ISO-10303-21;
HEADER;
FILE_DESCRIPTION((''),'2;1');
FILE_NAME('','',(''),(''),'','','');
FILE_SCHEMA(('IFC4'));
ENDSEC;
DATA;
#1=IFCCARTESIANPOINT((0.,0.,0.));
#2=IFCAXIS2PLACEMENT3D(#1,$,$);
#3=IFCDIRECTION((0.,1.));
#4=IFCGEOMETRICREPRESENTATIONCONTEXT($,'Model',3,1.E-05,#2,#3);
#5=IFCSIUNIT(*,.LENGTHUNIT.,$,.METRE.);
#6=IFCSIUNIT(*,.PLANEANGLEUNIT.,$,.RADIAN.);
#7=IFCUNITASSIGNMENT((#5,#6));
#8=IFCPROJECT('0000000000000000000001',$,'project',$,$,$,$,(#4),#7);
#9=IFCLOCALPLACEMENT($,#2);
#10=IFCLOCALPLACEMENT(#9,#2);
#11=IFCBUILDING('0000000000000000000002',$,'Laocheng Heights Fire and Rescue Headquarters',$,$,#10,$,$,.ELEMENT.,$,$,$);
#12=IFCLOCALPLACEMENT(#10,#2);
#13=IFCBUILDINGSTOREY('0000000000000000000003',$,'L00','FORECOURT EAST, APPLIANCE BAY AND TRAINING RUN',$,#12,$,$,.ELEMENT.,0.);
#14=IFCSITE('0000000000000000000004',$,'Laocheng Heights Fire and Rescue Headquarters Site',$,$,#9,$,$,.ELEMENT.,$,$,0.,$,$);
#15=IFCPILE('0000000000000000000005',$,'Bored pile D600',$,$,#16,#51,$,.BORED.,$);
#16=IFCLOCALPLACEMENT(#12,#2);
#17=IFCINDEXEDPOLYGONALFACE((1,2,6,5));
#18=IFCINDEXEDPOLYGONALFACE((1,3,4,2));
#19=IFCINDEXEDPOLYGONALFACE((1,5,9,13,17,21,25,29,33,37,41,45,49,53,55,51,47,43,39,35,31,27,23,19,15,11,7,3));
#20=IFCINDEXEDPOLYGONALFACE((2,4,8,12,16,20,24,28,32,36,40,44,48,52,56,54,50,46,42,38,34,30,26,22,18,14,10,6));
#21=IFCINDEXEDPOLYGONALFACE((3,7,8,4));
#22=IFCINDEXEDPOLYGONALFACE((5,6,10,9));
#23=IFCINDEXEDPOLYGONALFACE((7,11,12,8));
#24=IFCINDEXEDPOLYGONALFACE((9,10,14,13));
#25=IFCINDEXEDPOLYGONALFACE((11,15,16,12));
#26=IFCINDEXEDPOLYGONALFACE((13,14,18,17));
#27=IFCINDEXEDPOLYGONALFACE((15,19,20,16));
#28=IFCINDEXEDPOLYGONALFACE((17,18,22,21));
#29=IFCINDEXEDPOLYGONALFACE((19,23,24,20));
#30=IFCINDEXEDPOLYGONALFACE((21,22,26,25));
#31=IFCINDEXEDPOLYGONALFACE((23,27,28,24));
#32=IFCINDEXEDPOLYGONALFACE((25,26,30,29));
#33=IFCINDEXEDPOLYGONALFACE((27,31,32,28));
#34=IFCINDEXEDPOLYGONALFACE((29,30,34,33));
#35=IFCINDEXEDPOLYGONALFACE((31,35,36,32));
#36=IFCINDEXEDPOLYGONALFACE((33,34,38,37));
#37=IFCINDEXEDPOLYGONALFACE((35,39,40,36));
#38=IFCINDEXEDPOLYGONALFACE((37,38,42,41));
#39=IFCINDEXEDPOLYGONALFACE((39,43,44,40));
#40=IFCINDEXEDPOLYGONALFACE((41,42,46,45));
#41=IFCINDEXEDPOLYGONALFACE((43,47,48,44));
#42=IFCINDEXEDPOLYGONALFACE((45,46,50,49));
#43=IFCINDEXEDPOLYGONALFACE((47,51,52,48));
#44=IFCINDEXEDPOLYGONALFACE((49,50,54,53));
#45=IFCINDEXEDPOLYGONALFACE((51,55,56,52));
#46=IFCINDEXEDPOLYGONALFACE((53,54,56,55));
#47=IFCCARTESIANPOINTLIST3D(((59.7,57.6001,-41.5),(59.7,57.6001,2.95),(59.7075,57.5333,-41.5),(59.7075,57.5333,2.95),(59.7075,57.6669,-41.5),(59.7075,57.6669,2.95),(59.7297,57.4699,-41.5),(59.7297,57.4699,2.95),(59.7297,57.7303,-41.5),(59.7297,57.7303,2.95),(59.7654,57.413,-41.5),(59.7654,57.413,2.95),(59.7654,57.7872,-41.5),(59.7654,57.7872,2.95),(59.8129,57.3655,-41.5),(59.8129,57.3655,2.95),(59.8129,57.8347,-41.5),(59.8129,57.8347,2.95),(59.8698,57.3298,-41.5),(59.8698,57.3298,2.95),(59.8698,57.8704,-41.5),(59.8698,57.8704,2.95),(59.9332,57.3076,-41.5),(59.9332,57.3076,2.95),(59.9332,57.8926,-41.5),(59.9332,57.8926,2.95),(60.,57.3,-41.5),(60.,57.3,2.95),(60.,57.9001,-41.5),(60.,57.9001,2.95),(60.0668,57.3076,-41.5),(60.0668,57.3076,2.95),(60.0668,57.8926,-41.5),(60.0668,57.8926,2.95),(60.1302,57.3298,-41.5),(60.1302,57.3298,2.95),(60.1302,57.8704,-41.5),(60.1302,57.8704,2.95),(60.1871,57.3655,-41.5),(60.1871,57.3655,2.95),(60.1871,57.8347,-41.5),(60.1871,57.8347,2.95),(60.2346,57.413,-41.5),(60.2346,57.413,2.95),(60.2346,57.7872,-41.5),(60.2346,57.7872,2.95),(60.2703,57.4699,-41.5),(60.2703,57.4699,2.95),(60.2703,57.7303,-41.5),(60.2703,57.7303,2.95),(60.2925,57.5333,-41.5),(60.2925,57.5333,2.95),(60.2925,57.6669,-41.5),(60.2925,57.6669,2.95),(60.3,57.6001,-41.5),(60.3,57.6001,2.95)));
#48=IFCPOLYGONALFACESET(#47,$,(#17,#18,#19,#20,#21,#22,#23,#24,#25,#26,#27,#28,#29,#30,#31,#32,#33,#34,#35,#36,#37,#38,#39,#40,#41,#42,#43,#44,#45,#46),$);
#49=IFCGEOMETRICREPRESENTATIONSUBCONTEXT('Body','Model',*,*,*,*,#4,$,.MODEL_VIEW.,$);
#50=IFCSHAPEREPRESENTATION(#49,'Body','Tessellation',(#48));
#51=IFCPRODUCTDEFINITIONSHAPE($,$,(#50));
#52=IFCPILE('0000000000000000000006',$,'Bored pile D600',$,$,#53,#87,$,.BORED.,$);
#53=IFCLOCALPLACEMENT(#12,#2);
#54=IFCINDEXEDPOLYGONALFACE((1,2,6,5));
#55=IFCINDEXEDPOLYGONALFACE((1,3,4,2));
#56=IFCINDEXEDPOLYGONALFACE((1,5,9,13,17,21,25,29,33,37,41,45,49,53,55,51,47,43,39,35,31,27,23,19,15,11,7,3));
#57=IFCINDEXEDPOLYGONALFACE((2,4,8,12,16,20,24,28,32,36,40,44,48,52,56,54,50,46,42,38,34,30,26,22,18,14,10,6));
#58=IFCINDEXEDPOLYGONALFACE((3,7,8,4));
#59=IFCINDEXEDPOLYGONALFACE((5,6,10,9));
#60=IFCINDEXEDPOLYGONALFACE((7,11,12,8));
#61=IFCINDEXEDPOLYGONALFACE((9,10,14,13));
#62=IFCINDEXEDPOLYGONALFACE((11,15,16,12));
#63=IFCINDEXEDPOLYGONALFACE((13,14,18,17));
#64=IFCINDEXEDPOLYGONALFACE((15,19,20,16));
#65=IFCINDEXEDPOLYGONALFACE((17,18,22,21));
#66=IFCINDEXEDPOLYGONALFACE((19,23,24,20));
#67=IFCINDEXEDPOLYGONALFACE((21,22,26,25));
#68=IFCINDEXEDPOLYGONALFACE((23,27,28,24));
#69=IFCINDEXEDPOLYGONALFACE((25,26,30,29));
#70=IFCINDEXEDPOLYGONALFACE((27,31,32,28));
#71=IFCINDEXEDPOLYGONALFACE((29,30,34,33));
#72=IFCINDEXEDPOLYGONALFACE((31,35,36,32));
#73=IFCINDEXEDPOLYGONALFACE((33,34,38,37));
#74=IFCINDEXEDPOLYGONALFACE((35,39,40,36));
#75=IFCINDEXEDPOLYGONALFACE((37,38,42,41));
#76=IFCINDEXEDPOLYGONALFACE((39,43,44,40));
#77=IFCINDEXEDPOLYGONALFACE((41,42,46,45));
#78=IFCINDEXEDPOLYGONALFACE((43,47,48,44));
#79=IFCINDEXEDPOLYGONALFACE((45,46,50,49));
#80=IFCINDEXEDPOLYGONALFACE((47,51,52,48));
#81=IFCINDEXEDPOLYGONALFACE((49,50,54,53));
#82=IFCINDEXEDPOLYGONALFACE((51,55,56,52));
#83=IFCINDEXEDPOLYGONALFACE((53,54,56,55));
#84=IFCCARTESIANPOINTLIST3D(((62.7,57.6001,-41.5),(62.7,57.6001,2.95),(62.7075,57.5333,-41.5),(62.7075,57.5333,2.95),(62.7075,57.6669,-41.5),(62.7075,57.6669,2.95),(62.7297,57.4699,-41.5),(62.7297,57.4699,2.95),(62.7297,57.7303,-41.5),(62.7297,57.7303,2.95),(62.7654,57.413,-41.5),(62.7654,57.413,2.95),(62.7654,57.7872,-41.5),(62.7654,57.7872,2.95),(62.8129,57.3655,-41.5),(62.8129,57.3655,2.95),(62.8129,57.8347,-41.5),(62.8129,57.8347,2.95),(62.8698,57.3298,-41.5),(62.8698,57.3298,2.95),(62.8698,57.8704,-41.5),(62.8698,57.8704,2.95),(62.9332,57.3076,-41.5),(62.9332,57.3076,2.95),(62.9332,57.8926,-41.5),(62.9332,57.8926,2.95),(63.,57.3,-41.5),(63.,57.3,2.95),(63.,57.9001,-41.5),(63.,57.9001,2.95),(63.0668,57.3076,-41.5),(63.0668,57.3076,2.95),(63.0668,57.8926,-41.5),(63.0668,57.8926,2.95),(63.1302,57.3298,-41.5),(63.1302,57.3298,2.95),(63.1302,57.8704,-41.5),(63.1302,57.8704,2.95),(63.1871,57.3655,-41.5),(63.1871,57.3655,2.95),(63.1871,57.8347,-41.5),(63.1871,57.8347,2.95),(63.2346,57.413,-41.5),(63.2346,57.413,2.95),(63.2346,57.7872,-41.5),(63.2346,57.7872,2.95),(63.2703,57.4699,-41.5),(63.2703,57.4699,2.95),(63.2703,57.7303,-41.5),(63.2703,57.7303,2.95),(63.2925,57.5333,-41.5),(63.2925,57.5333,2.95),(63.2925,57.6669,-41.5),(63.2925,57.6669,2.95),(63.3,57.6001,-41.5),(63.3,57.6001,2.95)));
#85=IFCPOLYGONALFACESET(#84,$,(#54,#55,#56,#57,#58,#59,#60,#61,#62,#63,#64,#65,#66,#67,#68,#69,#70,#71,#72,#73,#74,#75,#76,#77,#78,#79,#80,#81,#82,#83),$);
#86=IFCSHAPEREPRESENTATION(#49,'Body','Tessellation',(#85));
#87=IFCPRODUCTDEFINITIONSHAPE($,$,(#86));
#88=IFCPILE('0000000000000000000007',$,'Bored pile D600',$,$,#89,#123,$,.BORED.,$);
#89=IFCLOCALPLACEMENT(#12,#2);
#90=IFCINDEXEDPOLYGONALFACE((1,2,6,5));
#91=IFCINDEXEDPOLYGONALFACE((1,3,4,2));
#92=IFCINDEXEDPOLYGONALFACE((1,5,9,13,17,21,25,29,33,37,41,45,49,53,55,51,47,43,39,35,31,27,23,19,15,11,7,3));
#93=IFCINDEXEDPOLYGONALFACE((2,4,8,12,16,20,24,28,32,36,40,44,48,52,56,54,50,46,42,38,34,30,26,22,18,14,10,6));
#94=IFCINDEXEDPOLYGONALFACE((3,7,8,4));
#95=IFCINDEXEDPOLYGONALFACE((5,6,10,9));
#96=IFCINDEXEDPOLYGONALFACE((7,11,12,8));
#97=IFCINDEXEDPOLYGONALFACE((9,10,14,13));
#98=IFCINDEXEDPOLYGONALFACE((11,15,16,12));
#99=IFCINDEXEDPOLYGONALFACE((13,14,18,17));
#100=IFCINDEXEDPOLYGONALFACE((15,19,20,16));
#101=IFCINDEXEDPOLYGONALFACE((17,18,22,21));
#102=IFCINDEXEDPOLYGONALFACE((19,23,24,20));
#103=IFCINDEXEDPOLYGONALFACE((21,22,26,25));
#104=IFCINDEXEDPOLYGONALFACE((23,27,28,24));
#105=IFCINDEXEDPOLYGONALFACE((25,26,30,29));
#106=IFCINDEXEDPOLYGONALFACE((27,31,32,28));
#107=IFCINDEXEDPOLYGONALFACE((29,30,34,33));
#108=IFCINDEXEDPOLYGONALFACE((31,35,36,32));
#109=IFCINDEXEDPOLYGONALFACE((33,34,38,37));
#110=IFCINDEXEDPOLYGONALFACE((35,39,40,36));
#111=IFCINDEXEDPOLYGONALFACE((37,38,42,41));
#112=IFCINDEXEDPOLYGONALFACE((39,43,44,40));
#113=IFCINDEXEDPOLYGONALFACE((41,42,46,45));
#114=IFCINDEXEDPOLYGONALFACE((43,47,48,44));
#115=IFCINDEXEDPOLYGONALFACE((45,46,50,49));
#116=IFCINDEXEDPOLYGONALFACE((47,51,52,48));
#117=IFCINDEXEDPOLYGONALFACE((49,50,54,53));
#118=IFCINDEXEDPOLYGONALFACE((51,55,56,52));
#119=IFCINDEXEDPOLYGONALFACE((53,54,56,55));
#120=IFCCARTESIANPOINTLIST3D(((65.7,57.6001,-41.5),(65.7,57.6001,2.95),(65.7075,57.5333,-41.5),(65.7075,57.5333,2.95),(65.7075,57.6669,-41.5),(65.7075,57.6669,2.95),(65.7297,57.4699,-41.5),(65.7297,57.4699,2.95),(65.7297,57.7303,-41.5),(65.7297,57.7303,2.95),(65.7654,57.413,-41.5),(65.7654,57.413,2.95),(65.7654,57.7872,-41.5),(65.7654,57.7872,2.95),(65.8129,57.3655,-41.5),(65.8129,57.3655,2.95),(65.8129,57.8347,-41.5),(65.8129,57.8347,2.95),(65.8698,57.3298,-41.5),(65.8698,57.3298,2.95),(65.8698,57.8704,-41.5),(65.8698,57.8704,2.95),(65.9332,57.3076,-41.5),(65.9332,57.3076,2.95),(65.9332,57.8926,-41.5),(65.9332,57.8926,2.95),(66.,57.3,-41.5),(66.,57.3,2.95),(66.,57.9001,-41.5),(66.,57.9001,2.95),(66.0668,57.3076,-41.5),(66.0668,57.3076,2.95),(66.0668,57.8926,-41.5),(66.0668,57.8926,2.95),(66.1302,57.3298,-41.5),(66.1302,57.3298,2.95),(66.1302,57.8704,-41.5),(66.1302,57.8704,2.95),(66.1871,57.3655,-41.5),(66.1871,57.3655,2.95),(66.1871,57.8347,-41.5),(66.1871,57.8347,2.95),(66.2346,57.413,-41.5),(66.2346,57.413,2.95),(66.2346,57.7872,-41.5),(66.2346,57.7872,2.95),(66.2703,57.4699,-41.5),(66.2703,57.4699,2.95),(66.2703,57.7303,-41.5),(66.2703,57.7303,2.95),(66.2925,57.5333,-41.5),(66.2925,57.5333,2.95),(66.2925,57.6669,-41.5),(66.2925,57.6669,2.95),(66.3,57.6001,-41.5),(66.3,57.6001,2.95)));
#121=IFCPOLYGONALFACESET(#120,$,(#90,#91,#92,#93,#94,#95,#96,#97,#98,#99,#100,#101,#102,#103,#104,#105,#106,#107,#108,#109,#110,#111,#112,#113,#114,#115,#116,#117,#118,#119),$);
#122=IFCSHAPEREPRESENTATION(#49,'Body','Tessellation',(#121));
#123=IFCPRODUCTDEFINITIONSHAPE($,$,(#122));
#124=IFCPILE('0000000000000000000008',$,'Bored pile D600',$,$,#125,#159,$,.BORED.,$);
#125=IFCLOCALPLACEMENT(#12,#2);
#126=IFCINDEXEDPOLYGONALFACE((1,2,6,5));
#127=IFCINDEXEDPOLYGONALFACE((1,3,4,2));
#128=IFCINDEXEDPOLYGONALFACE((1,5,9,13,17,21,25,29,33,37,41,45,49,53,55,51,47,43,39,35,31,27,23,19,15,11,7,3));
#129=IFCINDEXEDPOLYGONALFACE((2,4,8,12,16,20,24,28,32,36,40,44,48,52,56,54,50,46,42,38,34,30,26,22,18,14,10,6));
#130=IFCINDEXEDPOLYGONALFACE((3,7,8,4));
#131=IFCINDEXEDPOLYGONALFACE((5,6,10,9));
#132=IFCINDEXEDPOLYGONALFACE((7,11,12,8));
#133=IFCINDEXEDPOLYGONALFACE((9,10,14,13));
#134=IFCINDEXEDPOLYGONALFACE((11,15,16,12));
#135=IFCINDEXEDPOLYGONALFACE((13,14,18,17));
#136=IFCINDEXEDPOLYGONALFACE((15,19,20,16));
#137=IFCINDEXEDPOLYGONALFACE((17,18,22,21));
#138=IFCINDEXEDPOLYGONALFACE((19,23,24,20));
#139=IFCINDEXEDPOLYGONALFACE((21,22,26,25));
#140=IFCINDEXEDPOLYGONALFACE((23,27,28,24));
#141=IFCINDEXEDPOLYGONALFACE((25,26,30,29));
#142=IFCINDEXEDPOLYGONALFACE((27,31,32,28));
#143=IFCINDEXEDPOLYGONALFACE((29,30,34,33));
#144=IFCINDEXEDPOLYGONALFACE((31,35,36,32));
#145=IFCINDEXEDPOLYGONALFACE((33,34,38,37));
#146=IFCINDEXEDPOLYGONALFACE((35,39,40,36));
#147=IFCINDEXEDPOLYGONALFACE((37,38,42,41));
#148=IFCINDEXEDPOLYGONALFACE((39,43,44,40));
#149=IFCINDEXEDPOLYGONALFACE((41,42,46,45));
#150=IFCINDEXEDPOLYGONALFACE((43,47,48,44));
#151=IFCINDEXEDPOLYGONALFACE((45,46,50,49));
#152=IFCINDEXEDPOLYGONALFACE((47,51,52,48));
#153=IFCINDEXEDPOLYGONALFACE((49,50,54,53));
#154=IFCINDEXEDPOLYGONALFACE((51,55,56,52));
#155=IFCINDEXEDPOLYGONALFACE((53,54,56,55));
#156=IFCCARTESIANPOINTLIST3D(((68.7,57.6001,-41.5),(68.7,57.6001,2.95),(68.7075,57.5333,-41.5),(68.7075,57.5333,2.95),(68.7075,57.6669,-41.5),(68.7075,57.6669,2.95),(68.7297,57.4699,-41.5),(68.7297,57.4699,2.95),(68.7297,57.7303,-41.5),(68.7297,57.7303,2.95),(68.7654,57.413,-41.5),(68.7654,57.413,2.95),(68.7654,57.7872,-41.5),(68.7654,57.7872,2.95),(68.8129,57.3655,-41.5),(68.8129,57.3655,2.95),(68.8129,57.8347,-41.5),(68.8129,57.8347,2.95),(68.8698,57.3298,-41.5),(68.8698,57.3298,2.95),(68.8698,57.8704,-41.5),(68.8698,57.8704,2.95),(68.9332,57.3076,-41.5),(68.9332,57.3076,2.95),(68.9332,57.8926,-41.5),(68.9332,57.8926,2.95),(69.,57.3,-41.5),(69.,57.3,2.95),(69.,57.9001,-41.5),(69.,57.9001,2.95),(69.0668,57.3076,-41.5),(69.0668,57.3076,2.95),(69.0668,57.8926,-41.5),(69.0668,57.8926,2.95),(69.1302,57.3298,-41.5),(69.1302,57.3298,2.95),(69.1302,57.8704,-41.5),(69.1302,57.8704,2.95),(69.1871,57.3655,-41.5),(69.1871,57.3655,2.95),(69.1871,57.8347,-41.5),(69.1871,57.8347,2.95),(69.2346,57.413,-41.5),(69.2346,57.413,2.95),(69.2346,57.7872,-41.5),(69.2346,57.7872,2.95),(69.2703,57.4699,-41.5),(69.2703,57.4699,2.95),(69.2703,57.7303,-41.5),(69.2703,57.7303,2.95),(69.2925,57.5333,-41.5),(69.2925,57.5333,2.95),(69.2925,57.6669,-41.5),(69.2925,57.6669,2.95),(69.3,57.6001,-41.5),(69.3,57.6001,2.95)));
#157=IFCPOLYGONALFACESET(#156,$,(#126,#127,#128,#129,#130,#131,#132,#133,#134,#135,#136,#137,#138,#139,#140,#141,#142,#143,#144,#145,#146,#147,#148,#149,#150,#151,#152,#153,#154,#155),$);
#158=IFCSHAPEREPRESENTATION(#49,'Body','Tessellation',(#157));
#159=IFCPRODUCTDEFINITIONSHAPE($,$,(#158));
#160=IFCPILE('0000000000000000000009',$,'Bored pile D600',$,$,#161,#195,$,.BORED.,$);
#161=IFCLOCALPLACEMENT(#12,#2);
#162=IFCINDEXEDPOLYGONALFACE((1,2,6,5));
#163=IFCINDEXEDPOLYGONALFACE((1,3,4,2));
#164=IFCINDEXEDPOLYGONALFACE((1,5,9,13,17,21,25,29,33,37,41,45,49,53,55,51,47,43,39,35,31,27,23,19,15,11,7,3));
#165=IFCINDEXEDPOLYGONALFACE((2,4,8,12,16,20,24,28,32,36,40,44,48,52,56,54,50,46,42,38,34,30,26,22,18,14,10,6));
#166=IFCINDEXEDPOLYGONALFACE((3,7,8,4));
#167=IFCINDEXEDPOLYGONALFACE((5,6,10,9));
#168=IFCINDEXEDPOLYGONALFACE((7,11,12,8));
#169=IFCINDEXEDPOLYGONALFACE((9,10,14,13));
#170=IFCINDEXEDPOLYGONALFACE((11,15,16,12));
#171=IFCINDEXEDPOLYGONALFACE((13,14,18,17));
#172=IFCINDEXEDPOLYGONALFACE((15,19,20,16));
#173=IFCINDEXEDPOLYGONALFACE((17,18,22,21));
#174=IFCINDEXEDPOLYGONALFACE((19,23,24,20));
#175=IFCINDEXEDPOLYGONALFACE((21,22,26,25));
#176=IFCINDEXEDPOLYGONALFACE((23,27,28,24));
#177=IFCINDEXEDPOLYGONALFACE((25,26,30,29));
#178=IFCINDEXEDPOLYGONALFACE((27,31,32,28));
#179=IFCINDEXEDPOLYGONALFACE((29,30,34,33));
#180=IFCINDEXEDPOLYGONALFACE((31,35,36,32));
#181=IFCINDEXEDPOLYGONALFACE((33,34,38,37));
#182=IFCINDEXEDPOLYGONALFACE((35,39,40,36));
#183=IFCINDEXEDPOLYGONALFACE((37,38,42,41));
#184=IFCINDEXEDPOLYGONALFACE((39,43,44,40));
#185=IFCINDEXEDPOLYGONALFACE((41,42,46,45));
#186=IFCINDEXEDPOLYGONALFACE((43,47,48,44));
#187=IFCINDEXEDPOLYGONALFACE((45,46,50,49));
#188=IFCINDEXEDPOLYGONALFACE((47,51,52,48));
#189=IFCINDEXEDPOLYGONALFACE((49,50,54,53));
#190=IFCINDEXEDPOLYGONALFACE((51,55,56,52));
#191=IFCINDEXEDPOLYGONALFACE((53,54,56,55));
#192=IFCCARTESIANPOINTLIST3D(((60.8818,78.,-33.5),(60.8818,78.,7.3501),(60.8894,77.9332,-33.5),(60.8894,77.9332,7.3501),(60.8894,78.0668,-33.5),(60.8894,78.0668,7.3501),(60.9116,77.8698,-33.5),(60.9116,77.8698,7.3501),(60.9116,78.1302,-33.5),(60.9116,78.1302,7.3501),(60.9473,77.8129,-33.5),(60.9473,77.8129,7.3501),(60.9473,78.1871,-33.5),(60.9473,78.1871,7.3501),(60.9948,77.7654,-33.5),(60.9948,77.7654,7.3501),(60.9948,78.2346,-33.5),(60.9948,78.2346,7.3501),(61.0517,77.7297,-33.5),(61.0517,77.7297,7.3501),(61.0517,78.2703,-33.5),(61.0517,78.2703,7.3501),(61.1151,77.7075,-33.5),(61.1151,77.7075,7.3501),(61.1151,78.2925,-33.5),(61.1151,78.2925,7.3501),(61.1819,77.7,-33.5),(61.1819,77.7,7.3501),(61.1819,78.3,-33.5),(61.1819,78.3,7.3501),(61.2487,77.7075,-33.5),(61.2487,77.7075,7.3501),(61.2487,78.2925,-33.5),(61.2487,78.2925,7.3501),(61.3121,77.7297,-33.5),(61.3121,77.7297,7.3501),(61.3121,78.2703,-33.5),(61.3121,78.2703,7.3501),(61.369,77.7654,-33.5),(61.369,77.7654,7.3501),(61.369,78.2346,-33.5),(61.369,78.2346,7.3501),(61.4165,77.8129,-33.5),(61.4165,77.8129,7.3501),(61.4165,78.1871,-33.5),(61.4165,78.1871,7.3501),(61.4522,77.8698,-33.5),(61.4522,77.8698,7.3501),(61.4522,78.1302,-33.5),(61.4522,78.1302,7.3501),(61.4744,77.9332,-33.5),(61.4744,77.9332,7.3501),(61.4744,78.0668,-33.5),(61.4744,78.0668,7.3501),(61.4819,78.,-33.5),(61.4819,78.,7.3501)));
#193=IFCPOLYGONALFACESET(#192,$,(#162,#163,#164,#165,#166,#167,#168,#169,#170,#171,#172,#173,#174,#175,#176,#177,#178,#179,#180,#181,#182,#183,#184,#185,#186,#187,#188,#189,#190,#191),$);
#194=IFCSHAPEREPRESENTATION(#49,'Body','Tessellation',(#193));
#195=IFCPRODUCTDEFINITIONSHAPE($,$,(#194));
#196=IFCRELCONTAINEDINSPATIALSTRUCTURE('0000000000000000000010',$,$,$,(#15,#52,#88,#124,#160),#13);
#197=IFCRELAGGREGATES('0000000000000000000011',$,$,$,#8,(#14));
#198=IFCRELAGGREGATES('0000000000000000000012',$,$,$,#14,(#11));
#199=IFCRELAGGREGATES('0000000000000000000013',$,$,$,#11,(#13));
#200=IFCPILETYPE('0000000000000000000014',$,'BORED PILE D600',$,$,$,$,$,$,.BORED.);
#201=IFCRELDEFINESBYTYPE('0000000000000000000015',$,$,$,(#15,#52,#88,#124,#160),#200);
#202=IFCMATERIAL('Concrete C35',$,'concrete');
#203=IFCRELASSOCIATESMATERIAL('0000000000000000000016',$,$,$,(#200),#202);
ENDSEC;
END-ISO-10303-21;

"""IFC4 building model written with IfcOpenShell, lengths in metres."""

from ifc_helpers import new_model, si_unit, direction, frame, origin, origin_2d, place, context, subcontext, project, spatial, circle, extrude, material, material_profile, profile_set, type_object, element, save


model = new_model("IFC4")

# Units and contexts
model_context = context("Model", 3, precision=1e-05, world=origin(), true_north=direction((0.0, 1.0)))
body_context = subcontext(model_context, "Body", "Model", "MODEL_VIEW")
ifc_project = project(units=[si_unit("LENGTHUNIT", "METRE"), si_unit("PLANEANGLEUNIT", "RADIAN")], contexts=[model_context])

# Site, building, storey
site_placement = place(None, origin())
site = spatial("IfcSite", under=ifc_project, at=site_placement, Name="Laocheng Heights Fire and Rescue Headquarters Site", CompositionType="ELEMENT", RefElevation=0.0)
building_placement = place(site_placement, origin())
building = spatial("IfcBuilding", under=site, at=building_placement, Name="Laocheng Heights Fire and Rescue Headquarters", CompositionType="ELEMENT")
storey_placement = place(building_placement, origin())
storey = spatial("IfcBuildingStorey", under=building, at=storey_placement, Name="L00", Description="FORECOURT EAST, APPLIANCE BAY AND TRAINING RUN", CompositionType="ELEMENT", Elevation=0.0)

# Piles
ifc_material_1 = material(Name="Concrete C35", Category="concrete")
ifc_material_profile_1 = material_profile(ifc_material_1, circle(Radius=0.3, at=origin_2d()), Name="BORED PILE D600")
ifc_profile_set_1 = profile_set([ifc_material_profile_1], Name="Concrete C35")
pile_type_1 = type_object("IfcPileType", Name="BORED PILE D600", PredefinedType="BORED", material=ifc_profile_set_1)
for number, where, z_axis, x_axis, name in (
    (1, (60.0, 57.6001, 2.95), (0.0, 0.0, -1.0), (1.0, 0.0, 0.0), "Bored pile D600"),
    (2, (63.0, 57.6001, 2.95), (0.0, 0.0, -1.0), (1.0, 0.0, 0.0), "Bored pile D600"),
    (3, (66.0, 57.6001, 2.95), (0.0, 0.0, -1.0), (1.0, 0.0, 0.0), "Bored pile D600"),
    (4, (69.0, 57.6001, 2.95), (0.0, 0.0, -1.0), (1.0, 0.0, 0.0), "Bored pile D600"),
):
    element("IfcPile", number, at=place(storey_placement, frame(where, z_axis=z_axis, x_axis=x_axis)), inside=storey, type_object=pile_type_1, Name=name, PredefinedType="BORED", context=body_context, shape_type="SweptSolid", body=[
        extrude(circle(Radius=0.3, at=origin_2d()), origin(), (0.0, 0.0, 1.0), 44.45),
    ])
for number, where, z_axis, x_axis, name in (
    (5, (61.1819, 78.0, 7.3501), (0.0, 0.0, -1.0), (1.0, 0.0, 0.0), "Bored pile D600"),
):
    element("IfcPile", number, at=place(storey_placement, frame(where, z_axis=z_axis, x_axis=x_axis)), inside=storey, type_object=pile_type_1, Name=name, PredefinedType="BORED", context=body_context, shape_type="SweptSolid", body=[
        extrude(circle(Radius=0.3, at=origin_2d()), origin(), (0.0, 0.0, 1.0), 40.8501),
    ])

save(model, "model.ifc")
